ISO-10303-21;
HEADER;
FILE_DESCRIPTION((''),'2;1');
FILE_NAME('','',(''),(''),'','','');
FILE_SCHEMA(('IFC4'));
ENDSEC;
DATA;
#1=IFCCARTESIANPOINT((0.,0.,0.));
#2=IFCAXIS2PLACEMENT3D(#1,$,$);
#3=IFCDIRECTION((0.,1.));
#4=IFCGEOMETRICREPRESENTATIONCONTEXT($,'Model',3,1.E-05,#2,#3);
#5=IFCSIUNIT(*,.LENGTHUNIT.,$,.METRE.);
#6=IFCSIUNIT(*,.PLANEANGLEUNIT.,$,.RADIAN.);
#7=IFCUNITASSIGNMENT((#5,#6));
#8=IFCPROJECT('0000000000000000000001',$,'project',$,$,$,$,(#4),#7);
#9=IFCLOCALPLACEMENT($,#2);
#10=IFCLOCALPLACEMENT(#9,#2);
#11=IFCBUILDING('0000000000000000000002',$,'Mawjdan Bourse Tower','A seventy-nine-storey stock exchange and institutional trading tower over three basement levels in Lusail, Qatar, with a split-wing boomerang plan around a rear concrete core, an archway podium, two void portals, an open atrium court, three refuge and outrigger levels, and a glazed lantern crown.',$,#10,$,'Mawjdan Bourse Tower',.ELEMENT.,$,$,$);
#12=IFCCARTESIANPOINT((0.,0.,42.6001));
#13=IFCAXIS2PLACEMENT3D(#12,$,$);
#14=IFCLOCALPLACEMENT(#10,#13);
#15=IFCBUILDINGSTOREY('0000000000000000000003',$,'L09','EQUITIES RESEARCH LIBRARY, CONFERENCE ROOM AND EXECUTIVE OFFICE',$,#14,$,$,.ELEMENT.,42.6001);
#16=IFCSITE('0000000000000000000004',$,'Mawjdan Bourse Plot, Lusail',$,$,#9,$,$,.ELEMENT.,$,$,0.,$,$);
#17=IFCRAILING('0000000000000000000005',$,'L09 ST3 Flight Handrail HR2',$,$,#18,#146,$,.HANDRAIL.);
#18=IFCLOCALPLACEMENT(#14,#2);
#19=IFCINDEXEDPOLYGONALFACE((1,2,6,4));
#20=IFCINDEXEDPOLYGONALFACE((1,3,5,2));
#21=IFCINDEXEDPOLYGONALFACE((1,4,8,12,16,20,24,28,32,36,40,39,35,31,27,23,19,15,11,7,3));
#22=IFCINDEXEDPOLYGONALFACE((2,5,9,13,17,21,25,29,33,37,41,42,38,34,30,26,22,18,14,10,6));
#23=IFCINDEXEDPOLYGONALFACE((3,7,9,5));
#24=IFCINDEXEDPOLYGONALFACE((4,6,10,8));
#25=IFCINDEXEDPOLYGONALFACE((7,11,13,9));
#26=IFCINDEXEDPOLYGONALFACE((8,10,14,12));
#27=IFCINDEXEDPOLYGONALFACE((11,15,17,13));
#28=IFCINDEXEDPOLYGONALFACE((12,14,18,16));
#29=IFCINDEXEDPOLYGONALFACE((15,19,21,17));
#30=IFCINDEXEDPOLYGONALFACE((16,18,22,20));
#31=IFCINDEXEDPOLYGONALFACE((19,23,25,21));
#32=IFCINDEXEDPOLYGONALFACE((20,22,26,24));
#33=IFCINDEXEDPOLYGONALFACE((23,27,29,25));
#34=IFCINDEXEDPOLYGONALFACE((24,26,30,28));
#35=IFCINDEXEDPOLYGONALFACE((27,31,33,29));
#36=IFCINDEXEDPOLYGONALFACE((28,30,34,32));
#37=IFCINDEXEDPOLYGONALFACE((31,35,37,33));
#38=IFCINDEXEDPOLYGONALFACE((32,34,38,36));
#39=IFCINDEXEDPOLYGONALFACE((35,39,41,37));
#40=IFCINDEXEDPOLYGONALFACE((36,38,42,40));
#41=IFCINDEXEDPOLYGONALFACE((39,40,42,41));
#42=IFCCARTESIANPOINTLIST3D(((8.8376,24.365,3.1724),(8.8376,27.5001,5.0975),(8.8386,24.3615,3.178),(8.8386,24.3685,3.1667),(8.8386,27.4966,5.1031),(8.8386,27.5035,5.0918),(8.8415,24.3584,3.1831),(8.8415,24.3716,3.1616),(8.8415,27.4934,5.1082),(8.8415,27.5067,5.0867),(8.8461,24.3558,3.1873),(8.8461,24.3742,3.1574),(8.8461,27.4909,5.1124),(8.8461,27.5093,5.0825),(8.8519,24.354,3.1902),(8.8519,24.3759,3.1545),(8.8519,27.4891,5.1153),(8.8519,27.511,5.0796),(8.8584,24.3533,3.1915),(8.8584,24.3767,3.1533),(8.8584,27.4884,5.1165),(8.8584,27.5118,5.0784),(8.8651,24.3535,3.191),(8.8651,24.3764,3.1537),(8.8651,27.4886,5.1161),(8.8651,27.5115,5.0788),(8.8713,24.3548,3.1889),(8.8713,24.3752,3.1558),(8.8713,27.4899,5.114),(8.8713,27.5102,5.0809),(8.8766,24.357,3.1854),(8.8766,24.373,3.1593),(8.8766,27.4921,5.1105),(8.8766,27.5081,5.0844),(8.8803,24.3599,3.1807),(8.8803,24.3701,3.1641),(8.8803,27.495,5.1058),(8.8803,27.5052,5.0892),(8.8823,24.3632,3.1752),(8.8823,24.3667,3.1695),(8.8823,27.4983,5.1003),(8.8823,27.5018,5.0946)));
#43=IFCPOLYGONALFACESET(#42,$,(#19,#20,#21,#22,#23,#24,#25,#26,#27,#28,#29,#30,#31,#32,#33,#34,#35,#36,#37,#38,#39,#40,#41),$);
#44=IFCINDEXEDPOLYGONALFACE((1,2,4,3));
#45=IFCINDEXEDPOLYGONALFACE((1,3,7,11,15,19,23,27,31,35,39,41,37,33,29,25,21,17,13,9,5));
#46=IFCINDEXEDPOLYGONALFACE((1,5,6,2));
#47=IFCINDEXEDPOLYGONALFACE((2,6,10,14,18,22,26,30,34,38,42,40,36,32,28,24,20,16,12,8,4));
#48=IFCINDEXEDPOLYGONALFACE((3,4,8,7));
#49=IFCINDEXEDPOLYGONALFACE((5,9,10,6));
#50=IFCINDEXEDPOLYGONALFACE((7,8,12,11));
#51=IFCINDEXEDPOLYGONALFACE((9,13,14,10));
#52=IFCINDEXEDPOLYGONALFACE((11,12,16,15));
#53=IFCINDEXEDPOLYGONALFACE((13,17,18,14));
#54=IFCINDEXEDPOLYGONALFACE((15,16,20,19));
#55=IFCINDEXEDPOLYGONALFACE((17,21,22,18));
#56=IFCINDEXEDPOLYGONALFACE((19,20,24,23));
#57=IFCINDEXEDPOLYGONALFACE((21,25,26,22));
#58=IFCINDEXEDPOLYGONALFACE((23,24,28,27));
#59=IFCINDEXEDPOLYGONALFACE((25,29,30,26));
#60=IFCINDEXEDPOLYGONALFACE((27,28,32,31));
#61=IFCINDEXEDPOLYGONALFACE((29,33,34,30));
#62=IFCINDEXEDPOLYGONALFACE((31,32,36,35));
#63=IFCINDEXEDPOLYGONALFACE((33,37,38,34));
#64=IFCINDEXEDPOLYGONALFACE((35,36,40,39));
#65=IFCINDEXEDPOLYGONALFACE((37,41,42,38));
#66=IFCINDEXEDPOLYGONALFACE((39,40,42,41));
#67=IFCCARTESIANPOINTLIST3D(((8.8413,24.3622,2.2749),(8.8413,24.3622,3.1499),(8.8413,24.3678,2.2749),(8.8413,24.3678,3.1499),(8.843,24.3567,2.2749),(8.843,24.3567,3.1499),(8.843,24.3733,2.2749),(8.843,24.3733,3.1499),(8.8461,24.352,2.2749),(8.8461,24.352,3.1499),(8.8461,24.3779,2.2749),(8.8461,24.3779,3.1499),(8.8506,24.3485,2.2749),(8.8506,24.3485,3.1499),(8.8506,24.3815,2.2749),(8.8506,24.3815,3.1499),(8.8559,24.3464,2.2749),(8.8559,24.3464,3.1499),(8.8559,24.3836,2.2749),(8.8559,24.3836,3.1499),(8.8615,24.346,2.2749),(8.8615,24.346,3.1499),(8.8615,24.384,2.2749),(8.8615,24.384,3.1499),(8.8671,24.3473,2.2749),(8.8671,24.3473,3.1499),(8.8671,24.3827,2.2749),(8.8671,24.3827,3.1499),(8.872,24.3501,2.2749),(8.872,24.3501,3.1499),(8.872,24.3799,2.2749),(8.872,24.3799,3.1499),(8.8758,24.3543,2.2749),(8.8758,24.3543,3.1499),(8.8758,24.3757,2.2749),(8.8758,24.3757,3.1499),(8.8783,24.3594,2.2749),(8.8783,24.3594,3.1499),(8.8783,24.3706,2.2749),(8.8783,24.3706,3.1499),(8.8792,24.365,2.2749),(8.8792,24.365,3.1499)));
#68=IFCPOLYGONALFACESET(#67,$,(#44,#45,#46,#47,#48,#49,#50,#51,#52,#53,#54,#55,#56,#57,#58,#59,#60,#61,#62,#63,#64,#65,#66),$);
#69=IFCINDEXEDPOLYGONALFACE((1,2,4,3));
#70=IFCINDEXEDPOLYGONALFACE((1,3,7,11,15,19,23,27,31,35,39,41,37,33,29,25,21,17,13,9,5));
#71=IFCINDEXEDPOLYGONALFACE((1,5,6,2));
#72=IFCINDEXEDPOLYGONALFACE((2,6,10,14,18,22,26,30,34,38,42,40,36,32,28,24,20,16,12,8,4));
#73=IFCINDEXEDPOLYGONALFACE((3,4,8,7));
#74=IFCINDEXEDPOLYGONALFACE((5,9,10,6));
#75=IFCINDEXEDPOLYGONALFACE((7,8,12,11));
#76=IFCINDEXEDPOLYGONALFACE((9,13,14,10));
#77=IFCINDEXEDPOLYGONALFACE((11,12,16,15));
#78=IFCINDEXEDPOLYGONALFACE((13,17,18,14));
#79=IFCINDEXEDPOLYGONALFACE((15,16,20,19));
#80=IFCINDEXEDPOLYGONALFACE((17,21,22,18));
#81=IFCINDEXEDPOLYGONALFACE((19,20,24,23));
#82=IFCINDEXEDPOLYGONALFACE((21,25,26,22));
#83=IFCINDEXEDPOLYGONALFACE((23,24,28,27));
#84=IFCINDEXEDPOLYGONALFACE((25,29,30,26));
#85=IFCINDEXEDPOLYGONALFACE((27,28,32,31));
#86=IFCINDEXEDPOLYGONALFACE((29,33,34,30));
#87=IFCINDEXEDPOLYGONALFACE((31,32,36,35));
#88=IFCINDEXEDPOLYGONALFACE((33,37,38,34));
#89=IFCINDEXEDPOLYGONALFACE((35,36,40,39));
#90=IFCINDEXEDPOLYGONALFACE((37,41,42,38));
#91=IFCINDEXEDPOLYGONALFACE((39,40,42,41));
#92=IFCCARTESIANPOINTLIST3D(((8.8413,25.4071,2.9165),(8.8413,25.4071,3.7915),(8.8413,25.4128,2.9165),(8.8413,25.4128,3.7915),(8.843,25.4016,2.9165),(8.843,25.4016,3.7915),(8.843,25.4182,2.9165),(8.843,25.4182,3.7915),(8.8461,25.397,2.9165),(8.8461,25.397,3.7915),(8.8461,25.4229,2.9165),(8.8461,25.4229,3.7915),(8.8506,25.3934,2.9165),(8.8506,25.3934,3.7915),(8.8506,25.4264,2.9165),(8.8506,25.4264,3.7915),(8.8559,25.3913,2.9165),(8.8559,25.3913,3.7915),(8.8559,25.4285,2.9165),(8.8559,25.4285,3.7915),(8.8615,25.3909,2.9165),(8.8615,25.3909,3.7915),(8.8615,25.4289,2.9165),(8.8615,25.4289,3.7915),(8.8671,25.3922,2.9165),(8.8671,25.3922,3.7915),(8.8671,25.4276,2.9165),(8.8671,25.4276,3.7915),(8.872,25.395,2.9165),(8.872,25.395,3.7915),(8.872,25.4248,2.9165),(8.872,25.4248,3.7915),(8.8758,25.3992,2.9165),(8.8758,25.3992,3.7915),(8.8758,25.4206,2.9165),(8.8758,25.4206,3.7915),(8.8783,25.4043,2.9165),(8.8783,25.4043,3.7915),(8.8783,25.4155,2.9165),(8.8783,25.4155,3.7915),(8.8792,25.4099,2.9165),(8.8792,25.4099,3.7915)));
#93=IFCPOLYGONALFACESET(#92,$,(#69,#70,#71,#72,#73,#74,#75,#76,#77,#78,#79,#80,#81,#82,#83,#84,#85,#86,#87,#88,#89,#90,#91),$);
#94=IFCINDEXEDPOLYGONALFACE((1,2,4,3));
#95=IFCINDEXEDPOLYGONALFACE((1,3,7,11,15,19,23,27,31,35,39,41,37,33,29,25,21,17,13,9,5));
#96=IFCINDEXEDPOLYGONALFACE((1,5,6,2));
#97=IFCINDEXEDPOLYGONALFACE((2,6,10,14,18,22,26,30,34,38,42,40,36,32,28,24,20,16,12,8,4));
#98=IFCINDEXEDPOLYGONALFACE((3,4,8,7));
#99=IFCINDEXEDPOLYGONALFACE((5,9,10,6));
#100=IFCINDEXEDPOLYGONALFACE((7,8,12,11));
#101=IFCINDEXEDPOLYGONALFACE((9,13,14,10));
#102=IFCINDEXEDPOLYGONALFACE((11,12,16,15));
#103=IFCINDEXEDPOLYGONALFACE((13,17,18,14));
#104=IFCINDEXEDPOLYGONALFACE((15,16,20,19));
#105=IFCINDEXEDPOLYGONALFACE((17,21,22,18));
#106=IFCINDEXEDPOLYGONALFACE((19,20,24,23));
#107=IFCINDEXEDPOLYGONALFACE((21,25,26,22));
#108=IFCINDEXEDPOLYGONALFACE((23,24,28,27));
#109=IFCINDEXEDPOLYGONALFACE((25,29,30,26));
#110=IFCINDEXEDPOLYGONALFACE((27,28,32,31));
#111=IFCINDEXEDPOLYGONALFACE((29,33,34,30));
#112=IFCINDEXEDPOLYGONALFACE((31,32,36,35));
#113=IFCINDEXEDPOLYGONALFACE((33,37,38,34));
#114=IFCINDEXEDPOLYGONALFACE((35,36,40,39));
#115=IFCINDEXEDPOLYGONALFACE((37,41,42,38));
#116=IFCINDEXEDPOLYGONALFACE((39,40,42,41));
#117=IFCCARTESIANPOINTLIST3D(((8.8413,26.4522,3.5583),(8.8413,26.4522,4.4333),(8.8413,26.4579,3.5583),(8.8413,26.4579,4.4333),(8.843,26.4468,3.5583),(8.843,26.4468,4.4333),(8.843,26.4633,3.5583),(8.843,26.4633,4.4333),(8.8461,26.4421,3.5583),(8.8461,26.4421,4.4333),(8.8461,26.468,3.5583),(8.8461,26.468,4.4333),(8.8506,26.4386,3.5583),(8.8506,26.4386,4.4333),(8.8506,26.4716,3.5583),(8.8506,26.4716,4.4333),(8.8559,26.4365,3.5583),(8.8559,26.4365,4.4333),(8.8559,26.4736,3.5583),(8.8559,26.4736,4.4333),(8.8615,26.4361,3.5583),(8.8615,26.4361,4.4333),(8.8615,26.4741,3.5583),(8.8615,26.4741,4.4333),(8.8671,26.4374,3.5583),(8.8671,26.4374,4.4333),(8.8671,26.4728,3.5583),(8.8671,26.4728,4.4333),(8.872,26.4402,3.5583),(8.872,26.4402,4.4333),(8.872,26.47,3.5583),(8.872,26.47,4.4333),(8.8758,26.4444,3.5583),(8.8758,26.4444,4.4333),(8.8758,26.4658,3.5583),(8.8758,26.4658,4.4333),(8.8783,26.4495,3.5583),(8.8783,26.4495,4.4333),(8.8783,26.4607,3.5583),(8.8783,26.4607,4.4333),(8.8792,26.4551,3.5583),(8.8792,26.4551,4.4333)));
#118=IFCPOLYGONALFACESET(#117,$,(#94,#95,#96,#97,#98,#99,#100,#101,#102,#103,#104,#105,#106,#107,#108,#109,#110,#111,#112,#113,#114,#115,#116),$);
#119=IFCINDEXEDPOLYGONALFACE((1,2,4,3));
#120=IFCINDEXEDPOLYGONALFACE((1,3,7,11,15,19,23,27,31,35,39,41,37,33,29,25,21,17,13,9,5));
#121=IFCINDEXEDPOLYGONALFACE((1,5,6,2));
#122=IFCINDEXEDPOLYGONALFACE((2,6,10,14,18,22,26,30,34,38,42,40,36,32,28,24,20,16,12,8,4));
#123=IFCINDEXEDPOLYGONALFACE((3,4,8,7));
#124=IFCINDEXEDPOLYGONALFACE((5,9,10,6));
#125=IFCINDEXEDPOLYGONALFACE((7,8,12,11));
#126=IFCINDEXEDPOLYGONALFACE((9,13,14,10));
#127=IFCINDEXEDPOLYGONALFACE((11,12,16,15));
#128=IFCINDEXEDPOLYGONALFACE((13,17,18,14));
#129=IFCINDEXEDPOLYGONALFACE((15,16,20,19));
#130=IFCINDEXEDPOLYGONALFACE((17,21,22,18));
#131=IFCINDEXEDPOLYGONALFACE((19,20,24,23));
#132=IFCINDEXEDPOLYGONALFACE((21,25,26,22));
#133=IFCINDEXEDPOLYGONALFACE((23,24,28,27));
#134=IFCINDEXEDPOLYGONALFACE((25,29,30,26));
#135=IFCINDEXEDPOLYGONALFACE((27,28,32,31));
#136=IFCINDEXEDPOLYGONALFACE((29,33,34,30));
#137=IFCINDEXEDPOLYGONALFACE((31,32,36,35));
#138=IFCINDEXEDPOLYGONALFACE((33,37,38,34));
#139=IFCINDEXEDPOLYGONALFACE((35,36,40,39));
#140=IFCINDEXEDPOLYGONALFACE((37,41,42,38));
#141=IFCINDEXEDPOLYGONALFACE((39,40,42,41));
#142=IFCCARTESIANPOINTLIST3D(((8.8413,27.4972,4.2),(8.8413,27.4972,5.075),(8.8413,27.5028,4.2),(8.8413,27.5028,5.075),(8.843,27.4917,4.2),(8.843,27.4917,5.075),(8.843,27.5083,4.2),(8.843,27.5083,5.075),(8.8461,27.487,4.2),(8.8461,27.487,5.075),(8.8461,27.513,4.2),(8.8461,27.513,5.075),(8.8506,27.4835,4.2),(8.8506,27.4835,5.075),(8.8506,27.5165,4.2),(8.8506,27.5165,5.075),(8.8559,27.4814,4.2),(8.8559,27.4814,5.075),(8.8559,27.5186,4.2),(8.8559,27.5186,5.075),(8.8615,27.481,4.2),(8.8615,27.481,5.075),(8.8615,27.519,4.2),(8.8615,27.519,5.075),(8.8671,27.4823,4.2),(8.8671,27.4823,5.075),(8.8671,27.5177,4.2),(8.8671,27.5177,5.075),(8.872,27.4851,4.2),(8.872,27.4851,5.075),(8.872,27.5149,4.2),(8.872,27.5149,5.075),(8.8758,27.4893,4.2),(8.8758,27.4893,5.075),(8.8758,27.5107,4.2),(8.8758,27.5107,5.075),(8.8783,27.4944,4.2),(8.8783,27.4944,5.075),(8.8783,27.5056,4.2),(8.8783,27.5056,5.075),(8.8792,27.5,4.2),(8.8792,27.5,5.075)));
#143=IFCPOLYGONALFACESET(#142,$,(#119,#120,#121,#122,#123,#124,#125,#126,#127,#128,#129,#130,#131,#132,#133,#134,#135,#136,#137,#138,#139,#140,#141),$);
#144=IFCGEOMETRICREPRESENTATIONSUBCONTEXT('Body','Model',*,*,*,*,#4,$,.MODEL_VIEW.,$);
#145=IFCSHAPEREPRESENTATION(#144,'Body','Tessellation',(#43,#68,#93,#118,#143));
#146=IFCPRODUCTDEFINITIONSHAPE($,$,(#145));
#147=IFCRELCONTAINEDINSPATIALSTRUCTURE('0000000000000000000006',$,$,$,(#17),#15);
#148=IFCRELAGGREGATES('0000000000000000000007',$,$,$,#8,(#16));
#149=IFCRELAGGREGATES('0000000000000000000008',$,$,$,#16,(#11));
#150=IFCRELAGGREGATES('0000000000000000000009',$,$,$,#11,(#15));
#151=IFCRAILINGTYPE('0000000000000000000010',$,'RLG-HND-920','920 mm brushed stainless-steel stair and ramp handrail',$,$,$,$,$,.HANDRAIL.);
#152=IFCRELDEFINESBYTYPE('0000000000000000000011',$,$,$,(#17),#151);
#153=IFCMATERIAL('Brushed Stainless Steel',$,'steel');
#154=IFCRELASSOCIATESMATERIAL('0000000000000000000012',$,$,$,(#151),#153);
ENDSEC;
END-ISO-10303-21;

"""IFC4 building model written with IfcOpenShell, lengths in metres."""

from ifc_helpers import new_model, si_unit, direction, frame, origin, origin_2d, place, context, subcontext, project, spatial, circle, extrude, material, type_object, element, save


model = new_model("IFC4")

# Units and contexts
model_context = context("Model", 3, precision=1e-05, world=origin(), true_north=direction((0.0, 1.0)))
body_context = subcontext(model_context, "Body", "Model", "MODEL_VIEW")
ifc_project = project(units=[si_unit("LENGTHUNIT", "METRE"), si_unit("PLANEANGLEUNIT", "RADIAN")], contexts=[model_context])

# Site, building, storey
site_placement = place(None, origin())
site = spatial("IfcSite", under=ifc_project, at=site_placement, Name="Mawjdan Bourse Plot, Lusail", CompositionType="ELEMENT", RefElevation=0.0)
building_placement = place(site_placement, origin())
building = spatial("IfcBuilding", under=site, at=building_placement, Name="Mawjdan Bourse Tower", Description="A seventy-nine-storey stock exchange and institutional trading tower over three basement levels in Lusail, Qatar, with a split-wing boomerang plan around a rear concrete core, an archway podium, two void portals, an open atrium court, three refuge and outrigger levels, and a glazed lantern crown.", LongName="Mawjdan Bourse Tower", CompositionType="ELEMENT")
storey_placement = place(building_placement, frame((0.0, 0.0, 42.6001)))
storey = spatial("IfcBuildingStorey", under=building, at=storey_placement, Name="L09", Description="EQUITIES RESEARCH LIBRARY, CONFERENCE ROOM AND EXECUTIVE OFFICE", CompositionType="ELEMENT", Elevation=42.6001)

# Railing
ifc_material_1 = material(Name="Brushed Stainless Steel", Category="steel")
railing_type_1 = type_object("IfcRailingType", Name="RLG-HND-920", Description="920 mm brushed stainless-steel stair and ramp handrail", PredefinedType="HANDRAIL", material=ifc_material_1)
railing_1_placement = place(storey_placement, frame((8.8601, 24.365, 2.2749)))
element("IfcRailing", 1, at=railing_1_placement, inside=storey, type_object=railing_type_1, Name="L09 ST3 Flight Handrail HR2", PredefinedType="HANDRAIL", context=body_context, shape_type="SweptSolid", body=[
    extrude(circle(Radius=0.0225, at=origin_2d()), frame((0.0, 0.0, 0.8975), z_axis=(0.0, 0.852166, 0.523271), x_axis=(-1.0, 0.0, 0.0)), (0.0, 0.0, 1.0), 3.679),
    extrude(circle(Radius=0.019, at=origin_2d()), origin(), (0.0, 0.0, 1.0), 0.875),
    extrude(circle(Radius=0.019, at=origin_2d()), frame((0.0, 1.0449, 0.6416)), (0.0, 0.0, 1.0), 0.875),
    extrude(circle(Radius=0.019, at=origin_2d()), frame((0.0, 2.0901, 1.2834)), (0.0, 0.0, 1.0), 0.875),
    extrude(circle(Radius=0.019, at=origin_2d()), frame((0.0, 3.135, 1.925)), (0.0, 0.0, 1.0), 0.875),
])

save(model, "model.ifc")
